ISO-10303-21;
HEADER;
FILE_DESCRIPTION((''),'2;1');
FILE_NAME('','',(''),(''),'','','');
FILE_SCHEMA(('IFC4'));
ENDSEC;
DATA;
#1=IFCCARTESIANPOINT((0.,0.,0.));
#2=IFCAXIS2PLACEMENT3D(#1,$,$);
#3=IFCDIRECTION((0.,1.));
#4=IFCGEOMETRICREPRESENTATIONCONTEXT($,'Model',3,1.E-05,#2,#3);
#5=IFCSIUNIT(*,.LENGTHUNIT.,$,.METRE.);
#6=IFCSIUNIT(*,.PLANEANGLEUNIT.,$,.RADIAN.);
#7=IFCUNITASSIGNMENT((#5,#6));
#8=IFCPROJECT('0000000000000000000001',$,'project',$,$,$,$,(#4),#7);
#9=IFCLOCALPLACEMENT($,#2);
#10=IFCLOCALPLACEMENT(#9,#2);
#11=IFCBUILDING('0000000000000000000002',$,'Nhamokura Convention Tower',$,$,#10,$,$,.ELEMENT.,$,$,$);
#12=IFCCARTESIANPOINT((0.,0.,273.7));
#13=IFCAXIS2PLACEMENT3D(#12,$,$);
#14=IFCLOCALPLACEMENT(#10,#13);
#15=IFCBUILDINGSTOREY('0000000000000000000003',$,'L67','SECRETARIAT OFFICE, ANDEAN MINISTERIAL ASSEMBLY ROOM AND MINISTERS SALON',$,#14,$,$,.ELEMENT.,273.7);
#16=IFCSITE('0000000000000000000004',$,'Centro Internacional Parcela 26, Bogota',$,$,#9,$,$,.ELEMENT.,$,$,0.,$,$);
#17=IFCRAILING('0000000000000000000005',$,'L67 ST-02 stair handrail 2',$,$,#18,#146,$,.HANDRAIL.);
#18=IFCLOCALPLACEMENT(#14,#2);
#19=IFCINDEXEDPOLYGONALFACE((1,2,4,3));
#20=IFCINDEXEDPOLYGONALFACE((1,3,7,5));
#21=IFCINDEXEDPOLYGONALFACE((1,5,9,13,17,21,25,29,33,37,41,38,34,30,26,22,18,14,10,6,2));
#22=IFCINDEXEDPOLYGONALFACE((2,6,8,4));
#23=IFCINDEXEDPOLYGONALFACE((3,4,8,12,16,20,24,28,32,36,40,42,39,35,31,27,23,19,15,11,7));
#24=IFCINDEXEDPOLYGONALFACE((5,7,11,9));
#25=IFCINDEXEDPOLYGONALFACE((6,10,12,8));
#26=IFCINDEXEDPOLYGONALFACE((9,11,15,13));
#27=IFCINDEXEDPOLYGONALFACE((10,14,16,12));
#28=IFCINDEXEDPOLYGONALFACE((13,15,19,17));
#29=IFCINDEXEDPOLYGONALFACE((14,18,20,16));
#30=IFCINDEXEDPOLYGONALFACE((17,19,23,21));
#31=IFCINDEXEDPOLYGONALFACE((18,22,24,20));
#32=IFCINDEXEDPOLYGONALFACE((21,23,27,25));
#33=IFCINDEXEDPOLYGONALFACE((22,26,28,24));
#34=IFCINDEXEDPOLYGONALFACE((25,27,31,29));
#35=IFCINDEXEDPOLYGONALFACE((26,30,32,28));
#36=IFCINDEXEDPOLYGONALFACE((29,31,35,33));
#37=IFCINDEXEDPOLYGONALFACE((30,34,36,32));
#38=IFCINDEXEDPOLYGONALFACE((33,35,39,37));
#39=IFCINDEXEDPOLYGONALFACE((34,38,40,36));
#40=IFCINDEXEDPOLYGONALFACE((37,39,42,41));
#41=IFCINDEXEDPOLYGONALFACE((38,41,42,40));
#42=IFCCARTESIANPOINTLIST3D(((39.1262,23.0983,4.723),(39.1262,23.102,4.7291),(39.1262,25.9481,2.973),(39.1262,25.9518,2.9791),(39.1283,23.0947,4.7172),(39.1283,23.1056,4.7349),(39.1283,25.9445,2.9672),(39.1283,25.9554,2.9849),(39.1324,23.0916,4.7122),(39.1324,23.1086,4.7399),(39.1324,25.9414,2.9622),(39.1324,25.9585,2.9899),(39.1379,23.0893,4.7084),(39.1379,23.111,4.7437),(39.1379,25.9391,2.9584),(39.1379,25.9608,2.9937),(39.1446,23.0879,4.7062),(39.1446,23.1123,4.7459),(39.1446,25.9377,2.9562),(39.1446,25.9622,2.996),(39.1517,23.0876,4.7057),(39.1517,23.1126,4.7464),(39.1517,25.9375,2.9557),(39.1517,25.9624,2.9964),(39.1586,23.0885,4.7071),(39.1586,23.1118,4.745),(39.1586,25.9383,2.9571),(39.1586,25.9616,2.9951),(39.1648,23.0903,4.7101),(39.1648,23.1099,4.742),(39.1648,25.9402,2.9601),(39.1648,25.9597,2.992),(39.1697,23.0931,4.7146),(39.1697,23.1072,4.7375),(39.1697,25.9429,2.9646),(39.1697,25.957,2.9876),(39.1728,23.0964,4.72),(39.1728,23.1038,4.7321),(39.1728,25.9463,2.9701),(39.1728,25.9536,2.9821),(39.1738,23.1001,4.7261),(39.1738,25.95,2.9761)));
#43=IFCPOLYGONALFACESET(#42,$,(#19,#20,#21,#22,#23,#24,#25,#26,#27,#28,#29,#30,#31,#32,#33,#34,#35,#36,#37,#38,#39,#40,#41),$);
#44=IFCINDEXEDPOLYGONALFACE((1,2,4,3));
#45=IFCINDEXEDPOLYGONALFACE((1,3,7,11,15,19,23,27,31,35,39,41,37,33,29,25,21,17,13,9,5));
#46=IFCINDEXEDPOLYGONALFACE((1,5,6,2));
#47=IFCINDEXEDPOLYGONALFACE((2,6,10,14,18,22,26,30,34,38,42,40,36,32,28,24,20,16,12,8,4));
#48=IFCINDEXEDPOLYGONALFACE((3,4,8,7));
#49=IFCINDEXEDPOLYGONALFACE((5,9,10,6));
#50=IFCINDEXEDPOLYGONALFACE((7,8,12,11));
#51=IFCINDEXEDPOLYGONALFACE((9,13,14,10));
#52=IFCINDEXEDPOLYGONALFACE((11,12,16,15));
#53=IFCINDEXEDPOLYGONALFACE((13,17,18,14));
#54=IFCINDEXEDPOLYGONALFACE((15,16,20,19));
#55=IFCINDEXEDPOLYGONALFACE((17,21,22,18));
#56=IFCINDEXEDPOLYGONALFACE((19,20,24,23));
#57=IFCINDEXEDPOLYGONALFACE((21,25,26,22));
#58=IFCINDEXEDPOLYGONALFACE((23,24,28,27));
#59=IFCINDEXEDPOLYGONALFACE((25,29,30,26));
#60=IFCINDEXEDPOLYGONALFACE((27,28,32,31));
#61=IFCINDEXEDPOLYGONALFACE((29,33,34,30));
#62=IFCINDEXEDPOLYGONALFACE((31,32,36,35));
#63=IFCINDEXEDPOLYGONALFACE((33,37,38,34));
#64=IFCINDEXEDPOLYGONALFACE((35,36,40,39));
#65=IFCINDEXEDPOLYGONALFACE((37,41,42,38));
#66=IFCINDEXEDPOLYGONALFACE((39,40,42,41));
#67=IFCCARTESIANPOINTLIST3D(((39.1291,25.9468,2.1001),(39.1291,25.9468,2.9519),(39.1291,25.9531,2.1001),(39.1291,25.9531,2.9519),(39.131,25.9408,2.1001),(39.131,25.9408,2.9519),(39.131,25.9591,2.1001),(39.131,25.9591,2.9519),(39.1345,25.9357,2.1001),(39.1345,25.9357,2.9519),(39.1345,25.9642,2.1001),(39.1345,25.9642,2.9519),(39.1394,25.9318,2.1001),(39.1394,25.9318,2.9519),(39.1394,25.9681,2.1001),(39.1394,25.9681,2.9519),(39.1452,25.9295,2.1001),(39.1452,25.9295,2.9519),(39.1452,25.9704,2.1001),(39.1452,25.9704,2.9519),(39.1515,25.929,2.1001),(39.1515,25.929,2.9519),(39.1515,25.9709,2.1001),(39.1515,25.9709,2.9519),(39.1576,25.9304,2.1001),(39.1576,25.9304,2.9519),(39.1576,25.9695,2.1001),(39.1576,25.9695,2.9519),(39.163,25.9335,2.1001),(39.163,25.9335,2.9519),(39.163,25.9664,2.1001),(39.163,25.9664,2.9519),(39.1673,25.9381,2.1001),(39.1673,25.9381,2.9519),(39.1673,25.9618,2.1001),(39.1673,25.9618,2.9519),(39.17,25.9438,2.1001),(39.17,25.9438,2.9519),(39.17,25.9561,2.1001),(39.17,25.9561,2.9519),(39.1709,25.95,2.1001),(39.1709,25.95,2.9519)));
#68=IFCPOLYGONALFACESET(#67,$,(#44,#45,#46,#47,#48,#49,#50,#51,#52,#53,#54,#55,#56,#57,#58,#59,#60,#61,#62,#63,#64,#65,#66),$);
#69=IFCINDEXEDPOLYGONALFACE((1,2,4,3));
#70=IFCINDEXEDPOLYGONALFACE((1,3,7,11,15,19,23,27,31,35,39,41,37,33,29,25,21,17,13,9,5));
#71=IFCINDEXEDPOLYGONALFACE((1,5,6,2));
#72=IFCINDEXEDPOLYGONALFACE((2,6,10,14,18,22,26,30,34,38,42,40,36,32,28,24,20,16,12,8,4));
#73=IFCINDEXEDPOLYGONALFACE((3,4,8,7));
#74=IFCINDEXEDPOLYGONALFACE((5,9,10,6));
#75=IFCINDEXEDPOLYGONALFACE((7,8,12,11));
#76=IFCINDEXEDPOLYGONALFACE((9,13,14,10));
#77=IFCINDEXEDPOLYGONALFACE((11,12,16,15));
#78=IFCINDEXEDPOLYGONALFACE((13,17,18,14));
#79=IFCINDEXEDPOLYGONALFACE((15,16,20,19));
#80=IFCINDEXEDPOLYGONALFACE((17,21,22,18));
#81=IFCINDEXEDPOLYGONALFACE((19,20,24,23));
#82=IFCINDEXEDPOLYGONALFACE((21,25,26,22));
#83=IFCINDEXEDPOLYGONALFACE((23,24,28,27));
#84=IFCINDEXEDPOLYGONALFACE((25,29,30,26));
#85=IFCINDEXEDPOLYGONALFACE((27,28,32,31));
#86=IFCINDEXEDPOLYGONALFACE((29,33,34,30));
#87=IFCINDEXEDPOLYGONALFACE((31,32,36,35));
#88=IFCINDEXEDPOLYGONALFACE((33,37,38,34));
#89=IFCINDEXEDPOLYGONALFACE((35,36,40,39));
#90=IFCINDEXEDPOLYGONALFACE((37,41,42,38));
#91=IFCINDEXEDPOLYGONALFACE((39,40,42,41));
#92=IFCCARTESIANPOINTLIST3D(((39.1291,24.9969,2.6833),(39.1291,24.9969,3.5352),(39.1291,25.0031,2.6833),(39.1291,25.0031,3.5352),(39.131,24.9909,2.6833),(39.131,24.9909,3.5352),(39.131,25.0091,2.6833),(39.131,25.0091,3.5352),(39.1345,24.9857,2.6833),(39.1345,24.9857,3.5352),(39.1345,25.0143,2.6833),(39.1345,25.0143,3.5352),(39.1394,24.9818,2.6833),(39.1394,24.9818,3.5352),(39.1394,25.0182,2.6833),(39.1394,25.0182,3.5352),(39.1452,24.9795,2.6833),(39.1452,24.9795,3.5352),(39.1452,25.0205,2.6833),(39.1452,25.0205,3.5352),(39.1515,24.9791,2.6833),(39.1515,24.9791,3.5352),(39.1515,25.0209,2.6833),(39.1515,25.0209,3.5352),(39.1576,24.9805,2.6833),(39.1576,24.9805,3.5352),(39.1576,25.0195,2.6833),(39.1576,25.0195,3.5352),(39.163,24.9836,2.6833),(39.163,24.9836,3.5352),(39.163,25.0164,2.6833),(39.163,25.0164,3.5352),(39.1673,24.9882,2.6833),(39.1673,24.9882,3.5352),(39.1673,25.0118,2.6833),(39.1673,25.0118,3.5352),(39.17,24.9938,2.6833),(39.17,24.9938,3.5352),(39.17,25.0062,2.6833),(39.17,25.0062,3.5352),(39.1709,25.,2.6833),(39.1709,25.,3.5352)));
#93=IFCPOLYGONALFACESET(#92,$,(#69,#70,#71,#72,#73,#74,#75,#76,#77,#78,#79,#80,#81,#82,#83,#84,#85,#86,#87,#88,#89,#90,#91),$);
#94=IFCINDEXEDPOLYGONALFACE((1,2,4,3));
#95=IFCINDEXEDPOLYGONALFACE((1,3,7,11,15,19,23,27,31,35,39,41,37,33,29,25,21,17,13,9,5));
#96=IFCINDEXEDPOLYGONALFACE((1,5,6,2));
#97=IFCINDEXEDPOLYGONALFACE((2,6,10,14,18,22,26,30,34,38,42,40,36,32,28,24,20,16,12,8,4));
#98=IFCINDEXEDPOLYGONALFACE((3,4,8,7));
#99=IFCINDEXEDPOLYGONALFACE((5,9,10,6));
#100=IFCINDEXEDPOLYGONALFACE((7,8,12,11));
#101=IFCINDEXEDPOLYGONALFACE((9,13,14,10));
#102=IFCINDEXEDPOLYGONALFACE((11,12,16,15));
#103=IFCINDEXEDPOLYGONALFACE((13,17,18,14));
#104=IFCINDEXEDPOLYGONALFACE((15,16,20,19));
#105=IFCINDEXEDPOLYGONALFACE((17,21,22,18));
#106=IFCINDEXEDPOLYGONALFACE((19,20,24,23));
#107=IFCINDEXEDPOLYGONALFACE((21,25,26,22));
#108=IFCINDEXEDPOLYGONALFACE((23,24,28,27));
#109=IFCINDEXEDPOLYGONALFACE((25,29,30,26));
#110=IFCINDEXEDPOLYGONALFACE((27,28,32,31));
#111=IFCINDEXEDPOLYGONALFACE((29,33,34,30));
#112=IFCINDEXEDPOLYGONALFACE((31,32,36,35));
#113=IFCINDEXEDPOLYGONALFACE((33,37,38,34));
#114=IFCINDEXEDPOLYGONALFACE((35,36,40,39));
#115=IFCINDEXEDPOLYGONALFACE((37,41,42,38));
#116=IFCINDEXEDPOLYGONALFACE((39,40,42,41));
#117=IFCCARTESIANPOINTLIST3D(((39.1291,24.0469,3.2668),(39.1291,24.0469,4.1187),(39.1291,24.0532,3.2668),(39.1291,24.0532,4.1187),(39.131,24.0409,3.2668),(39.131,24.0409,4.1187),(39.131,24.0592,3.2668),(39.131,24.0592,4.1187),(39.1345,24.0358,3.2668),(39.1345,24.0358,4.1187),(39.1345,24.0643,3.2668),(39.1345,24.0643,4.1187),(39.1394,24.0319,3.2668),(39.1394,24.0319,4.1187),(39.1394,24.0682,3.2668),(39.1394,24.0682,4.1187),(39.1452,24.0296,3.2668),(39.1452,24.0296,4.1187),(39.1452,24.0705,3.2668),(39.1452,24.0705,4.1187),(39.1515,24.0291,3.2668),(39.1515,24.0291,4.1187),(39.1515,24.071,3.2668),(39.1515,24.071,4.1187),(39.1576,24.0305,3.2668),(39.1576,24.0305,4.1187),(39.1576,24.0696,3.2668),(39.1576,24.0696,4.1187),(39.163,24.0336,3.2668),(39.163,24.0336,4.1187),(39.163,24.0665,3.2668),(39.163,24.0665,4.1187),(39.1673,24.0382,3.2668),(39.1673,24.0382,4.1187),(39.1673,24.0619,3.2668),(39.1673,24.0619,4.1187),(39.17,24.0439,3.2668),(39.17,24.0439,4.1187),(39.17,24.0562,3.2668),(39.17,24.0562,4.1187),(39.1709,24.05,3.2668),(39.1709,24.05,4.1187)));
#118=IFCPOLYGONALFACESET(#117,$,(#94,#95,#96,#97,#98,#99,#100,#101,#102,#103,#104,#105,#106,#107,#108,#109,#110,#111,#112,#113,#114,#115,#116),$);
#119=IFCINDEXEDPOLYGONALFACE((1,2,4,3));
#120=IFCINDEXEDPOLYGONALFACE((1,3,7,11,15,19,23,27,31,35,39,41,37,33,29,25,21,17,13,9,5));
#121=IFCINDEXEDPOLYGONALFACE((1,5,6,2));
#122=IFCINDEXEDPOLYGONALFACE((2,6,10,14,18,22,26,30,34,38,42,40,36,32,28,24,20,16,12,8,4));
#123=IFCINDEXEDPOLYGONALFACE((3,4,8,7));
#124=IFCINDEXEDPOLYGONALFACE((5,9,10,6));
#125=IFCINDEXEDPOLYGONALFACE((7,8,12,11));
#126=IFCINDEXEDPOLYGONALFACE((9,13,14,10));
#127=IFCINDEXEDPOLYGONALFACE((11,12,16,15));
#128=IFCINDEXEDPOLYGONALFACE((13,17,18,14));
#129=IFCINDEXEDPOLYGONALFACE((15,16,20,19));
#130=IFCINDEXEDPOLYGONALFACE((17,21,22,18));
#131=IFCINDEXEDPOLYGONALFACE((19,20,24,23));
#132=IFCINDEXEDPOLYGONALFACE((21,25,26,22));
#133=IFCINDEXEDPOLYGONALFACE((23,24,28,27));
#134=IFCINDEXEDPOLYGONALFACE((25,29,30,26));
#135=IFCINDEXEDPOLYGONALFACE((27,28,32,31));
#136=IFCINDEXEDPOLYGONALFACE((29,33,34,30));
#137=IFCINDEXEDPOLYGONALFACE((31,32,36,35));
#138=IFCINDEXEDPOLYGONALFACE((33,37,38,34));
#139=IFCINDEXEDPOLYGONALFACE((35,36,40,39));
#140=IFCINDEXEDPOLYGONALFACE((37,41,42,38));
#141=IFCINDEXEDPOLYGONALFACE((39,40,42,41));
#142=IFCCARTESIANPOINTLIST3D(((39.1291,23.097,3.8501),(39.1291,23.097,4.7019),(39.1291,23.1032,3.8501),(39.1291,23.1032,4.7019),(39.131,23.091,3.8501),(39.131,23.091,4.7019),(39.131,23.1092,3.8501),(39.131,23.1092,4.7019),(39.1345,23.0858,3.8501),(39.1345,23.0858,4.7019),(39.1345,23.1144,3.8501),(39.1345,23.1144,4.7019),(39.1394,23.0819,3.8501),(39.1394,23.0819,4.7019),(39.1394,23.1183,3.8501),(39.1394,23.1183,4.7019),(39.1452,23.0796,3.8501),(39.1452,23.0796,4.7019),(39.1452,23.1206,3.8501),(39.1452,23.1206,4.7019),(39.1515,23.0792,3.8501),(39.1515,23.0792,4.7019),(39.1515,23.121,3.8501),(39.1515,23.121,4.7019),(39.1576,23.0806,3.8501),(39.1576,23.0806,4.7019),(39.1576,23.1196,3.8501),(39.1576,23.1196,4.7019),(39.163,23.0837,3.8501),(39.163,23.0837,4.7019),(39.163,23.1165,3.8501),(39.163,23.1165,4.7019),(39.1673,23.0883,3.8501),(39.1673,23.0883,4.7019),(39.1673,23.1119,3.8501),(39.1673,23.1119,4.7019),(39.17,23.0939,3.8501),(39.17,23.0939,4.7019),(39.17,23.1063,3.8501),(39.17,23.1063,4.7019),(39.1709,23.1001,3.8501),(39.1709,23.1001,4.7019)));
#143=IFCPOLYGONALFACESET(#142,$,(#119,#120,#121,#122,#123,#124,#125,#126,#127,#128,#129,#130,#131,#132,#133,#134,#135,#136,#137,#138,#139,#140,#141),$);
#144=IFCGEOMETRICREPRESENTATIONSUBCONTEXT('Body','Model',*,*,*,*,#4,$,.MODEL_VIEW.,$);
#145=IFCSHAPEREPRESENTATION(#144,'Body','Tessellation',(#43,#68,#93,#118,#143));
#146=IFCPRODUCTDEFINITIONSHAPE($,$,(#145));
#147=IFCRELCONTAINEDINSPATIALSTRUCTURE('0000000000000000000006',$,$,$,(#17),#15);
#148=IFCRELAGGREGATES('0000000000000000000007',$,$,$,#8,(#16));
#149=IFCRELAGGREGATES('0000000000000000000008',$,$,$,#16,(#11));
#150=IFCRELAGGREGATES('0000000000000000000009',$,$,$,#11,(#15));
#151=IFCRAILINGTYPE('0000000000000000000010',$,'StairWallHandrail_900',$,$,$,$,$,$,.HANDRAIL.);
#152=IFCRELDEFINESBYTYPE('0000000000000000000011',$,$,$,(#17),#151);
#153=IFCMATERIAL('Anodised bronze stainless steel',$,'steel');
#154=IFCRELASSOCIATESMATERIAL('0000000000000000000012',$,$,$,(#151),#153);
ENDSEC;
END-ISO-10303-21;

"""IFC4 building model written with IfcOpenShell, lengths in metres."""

from ifc_helpers import new_model, si_unit, direction, frame, origin, origin_2d, place, context, subcontext, project, spatial, circle, extrude, material, type_object, element, save


model = new_model("IFC4")

# Units and contexts
model_context = context("Model", 3, precision=1e-05, world=origin(), true_north=direction((0.0, 1.0)))
body_context = subcontext(model_context, "Body", "Model", "MODEL_VIEW")
ifc_project = project(units=[si_unit("LENGTHUNIT", "METRE"), si_unit("PLANEANGLEUNIT", "RADIAN")], contexts=[model_context])

# Site, building, storey
site_placement = place(None, origin())
site = spatial("IfcSite", under=ifc_project, at=site_placement, Name="Centro Internacional Parcela 26, Bogota", CompositionType="ELEMENT", RefElevation=0.0)
building_placement = place(site_placement, origin())
building = spatial("IfcBuilding", under=site, at=building_placement, Name="Nhamokura Convention Tower", CompositionType="ELEMENT")
storey_placement = place(building_placement, frame((0.0, 0.0, 273.7)))
storey = spatial("IfcBuildingStorey", under=building, at=storey_placement, Name="L67", Description="SECRETARIAT OFFICE, ANDEAN MINISTERIAL ASSEMBLY ROOM AND MINISTERS SALON", CompositionType="ELEMENT", Elevation=273.7)

# Railing
ifc_material_1 = material(Name="Anodised bronze stainless steel", Category="steel")
railing_type_1 = type_object("IfcRailingType", Name="StairWallHandrail_900", PredefinedType="HANDRAIL", material=ifc_material_1)
railing_1_placement = place(storey_placement, frame((39.1499, 25.95, 2.1001)))
element("IfcRailing", 1, at=railing_1_placement, inside=storey, type_object=railing_type_1, Name="L67 ST-02 stair handrail 2", PredefinedType="HANDRAIL", context=body_context, shape_type="SweptSolid", body=[
    extrude(circle(Radius=0.0239, at=origin_2d()), frame((0.0, 0.0, 0.876), z_axis=(0.0, -0.852159, 0.523283), x_axis=(1.0, 0.0, 0.0)), (0.0, 0.0, 1.0), 3.3442),
    extrude(circle(Radius=0.021, at=origin_2d()), origin(), (0.0, 0.0, 1.0), 0.8518),
    extrude(circle(Radius=0.021, at=origin_2d()), frame((0.0, -0.95, 0.5833)), (0.0, 0.0, 1.0), 0.8518),
    extrude(circle(Radius=0.021, at=origin_2d()), frame((0.0, -1.8999, 1.1667)), (0.0, 0.0, 1.0), 0.8518),
    extrude(circle(Radius=0.021, at=origin_2d()), frame((0.0, -2.8499, 1.75)), (0.0, 0.0, 1.0), 0.8518),
])

save(model, "model.ifc")
